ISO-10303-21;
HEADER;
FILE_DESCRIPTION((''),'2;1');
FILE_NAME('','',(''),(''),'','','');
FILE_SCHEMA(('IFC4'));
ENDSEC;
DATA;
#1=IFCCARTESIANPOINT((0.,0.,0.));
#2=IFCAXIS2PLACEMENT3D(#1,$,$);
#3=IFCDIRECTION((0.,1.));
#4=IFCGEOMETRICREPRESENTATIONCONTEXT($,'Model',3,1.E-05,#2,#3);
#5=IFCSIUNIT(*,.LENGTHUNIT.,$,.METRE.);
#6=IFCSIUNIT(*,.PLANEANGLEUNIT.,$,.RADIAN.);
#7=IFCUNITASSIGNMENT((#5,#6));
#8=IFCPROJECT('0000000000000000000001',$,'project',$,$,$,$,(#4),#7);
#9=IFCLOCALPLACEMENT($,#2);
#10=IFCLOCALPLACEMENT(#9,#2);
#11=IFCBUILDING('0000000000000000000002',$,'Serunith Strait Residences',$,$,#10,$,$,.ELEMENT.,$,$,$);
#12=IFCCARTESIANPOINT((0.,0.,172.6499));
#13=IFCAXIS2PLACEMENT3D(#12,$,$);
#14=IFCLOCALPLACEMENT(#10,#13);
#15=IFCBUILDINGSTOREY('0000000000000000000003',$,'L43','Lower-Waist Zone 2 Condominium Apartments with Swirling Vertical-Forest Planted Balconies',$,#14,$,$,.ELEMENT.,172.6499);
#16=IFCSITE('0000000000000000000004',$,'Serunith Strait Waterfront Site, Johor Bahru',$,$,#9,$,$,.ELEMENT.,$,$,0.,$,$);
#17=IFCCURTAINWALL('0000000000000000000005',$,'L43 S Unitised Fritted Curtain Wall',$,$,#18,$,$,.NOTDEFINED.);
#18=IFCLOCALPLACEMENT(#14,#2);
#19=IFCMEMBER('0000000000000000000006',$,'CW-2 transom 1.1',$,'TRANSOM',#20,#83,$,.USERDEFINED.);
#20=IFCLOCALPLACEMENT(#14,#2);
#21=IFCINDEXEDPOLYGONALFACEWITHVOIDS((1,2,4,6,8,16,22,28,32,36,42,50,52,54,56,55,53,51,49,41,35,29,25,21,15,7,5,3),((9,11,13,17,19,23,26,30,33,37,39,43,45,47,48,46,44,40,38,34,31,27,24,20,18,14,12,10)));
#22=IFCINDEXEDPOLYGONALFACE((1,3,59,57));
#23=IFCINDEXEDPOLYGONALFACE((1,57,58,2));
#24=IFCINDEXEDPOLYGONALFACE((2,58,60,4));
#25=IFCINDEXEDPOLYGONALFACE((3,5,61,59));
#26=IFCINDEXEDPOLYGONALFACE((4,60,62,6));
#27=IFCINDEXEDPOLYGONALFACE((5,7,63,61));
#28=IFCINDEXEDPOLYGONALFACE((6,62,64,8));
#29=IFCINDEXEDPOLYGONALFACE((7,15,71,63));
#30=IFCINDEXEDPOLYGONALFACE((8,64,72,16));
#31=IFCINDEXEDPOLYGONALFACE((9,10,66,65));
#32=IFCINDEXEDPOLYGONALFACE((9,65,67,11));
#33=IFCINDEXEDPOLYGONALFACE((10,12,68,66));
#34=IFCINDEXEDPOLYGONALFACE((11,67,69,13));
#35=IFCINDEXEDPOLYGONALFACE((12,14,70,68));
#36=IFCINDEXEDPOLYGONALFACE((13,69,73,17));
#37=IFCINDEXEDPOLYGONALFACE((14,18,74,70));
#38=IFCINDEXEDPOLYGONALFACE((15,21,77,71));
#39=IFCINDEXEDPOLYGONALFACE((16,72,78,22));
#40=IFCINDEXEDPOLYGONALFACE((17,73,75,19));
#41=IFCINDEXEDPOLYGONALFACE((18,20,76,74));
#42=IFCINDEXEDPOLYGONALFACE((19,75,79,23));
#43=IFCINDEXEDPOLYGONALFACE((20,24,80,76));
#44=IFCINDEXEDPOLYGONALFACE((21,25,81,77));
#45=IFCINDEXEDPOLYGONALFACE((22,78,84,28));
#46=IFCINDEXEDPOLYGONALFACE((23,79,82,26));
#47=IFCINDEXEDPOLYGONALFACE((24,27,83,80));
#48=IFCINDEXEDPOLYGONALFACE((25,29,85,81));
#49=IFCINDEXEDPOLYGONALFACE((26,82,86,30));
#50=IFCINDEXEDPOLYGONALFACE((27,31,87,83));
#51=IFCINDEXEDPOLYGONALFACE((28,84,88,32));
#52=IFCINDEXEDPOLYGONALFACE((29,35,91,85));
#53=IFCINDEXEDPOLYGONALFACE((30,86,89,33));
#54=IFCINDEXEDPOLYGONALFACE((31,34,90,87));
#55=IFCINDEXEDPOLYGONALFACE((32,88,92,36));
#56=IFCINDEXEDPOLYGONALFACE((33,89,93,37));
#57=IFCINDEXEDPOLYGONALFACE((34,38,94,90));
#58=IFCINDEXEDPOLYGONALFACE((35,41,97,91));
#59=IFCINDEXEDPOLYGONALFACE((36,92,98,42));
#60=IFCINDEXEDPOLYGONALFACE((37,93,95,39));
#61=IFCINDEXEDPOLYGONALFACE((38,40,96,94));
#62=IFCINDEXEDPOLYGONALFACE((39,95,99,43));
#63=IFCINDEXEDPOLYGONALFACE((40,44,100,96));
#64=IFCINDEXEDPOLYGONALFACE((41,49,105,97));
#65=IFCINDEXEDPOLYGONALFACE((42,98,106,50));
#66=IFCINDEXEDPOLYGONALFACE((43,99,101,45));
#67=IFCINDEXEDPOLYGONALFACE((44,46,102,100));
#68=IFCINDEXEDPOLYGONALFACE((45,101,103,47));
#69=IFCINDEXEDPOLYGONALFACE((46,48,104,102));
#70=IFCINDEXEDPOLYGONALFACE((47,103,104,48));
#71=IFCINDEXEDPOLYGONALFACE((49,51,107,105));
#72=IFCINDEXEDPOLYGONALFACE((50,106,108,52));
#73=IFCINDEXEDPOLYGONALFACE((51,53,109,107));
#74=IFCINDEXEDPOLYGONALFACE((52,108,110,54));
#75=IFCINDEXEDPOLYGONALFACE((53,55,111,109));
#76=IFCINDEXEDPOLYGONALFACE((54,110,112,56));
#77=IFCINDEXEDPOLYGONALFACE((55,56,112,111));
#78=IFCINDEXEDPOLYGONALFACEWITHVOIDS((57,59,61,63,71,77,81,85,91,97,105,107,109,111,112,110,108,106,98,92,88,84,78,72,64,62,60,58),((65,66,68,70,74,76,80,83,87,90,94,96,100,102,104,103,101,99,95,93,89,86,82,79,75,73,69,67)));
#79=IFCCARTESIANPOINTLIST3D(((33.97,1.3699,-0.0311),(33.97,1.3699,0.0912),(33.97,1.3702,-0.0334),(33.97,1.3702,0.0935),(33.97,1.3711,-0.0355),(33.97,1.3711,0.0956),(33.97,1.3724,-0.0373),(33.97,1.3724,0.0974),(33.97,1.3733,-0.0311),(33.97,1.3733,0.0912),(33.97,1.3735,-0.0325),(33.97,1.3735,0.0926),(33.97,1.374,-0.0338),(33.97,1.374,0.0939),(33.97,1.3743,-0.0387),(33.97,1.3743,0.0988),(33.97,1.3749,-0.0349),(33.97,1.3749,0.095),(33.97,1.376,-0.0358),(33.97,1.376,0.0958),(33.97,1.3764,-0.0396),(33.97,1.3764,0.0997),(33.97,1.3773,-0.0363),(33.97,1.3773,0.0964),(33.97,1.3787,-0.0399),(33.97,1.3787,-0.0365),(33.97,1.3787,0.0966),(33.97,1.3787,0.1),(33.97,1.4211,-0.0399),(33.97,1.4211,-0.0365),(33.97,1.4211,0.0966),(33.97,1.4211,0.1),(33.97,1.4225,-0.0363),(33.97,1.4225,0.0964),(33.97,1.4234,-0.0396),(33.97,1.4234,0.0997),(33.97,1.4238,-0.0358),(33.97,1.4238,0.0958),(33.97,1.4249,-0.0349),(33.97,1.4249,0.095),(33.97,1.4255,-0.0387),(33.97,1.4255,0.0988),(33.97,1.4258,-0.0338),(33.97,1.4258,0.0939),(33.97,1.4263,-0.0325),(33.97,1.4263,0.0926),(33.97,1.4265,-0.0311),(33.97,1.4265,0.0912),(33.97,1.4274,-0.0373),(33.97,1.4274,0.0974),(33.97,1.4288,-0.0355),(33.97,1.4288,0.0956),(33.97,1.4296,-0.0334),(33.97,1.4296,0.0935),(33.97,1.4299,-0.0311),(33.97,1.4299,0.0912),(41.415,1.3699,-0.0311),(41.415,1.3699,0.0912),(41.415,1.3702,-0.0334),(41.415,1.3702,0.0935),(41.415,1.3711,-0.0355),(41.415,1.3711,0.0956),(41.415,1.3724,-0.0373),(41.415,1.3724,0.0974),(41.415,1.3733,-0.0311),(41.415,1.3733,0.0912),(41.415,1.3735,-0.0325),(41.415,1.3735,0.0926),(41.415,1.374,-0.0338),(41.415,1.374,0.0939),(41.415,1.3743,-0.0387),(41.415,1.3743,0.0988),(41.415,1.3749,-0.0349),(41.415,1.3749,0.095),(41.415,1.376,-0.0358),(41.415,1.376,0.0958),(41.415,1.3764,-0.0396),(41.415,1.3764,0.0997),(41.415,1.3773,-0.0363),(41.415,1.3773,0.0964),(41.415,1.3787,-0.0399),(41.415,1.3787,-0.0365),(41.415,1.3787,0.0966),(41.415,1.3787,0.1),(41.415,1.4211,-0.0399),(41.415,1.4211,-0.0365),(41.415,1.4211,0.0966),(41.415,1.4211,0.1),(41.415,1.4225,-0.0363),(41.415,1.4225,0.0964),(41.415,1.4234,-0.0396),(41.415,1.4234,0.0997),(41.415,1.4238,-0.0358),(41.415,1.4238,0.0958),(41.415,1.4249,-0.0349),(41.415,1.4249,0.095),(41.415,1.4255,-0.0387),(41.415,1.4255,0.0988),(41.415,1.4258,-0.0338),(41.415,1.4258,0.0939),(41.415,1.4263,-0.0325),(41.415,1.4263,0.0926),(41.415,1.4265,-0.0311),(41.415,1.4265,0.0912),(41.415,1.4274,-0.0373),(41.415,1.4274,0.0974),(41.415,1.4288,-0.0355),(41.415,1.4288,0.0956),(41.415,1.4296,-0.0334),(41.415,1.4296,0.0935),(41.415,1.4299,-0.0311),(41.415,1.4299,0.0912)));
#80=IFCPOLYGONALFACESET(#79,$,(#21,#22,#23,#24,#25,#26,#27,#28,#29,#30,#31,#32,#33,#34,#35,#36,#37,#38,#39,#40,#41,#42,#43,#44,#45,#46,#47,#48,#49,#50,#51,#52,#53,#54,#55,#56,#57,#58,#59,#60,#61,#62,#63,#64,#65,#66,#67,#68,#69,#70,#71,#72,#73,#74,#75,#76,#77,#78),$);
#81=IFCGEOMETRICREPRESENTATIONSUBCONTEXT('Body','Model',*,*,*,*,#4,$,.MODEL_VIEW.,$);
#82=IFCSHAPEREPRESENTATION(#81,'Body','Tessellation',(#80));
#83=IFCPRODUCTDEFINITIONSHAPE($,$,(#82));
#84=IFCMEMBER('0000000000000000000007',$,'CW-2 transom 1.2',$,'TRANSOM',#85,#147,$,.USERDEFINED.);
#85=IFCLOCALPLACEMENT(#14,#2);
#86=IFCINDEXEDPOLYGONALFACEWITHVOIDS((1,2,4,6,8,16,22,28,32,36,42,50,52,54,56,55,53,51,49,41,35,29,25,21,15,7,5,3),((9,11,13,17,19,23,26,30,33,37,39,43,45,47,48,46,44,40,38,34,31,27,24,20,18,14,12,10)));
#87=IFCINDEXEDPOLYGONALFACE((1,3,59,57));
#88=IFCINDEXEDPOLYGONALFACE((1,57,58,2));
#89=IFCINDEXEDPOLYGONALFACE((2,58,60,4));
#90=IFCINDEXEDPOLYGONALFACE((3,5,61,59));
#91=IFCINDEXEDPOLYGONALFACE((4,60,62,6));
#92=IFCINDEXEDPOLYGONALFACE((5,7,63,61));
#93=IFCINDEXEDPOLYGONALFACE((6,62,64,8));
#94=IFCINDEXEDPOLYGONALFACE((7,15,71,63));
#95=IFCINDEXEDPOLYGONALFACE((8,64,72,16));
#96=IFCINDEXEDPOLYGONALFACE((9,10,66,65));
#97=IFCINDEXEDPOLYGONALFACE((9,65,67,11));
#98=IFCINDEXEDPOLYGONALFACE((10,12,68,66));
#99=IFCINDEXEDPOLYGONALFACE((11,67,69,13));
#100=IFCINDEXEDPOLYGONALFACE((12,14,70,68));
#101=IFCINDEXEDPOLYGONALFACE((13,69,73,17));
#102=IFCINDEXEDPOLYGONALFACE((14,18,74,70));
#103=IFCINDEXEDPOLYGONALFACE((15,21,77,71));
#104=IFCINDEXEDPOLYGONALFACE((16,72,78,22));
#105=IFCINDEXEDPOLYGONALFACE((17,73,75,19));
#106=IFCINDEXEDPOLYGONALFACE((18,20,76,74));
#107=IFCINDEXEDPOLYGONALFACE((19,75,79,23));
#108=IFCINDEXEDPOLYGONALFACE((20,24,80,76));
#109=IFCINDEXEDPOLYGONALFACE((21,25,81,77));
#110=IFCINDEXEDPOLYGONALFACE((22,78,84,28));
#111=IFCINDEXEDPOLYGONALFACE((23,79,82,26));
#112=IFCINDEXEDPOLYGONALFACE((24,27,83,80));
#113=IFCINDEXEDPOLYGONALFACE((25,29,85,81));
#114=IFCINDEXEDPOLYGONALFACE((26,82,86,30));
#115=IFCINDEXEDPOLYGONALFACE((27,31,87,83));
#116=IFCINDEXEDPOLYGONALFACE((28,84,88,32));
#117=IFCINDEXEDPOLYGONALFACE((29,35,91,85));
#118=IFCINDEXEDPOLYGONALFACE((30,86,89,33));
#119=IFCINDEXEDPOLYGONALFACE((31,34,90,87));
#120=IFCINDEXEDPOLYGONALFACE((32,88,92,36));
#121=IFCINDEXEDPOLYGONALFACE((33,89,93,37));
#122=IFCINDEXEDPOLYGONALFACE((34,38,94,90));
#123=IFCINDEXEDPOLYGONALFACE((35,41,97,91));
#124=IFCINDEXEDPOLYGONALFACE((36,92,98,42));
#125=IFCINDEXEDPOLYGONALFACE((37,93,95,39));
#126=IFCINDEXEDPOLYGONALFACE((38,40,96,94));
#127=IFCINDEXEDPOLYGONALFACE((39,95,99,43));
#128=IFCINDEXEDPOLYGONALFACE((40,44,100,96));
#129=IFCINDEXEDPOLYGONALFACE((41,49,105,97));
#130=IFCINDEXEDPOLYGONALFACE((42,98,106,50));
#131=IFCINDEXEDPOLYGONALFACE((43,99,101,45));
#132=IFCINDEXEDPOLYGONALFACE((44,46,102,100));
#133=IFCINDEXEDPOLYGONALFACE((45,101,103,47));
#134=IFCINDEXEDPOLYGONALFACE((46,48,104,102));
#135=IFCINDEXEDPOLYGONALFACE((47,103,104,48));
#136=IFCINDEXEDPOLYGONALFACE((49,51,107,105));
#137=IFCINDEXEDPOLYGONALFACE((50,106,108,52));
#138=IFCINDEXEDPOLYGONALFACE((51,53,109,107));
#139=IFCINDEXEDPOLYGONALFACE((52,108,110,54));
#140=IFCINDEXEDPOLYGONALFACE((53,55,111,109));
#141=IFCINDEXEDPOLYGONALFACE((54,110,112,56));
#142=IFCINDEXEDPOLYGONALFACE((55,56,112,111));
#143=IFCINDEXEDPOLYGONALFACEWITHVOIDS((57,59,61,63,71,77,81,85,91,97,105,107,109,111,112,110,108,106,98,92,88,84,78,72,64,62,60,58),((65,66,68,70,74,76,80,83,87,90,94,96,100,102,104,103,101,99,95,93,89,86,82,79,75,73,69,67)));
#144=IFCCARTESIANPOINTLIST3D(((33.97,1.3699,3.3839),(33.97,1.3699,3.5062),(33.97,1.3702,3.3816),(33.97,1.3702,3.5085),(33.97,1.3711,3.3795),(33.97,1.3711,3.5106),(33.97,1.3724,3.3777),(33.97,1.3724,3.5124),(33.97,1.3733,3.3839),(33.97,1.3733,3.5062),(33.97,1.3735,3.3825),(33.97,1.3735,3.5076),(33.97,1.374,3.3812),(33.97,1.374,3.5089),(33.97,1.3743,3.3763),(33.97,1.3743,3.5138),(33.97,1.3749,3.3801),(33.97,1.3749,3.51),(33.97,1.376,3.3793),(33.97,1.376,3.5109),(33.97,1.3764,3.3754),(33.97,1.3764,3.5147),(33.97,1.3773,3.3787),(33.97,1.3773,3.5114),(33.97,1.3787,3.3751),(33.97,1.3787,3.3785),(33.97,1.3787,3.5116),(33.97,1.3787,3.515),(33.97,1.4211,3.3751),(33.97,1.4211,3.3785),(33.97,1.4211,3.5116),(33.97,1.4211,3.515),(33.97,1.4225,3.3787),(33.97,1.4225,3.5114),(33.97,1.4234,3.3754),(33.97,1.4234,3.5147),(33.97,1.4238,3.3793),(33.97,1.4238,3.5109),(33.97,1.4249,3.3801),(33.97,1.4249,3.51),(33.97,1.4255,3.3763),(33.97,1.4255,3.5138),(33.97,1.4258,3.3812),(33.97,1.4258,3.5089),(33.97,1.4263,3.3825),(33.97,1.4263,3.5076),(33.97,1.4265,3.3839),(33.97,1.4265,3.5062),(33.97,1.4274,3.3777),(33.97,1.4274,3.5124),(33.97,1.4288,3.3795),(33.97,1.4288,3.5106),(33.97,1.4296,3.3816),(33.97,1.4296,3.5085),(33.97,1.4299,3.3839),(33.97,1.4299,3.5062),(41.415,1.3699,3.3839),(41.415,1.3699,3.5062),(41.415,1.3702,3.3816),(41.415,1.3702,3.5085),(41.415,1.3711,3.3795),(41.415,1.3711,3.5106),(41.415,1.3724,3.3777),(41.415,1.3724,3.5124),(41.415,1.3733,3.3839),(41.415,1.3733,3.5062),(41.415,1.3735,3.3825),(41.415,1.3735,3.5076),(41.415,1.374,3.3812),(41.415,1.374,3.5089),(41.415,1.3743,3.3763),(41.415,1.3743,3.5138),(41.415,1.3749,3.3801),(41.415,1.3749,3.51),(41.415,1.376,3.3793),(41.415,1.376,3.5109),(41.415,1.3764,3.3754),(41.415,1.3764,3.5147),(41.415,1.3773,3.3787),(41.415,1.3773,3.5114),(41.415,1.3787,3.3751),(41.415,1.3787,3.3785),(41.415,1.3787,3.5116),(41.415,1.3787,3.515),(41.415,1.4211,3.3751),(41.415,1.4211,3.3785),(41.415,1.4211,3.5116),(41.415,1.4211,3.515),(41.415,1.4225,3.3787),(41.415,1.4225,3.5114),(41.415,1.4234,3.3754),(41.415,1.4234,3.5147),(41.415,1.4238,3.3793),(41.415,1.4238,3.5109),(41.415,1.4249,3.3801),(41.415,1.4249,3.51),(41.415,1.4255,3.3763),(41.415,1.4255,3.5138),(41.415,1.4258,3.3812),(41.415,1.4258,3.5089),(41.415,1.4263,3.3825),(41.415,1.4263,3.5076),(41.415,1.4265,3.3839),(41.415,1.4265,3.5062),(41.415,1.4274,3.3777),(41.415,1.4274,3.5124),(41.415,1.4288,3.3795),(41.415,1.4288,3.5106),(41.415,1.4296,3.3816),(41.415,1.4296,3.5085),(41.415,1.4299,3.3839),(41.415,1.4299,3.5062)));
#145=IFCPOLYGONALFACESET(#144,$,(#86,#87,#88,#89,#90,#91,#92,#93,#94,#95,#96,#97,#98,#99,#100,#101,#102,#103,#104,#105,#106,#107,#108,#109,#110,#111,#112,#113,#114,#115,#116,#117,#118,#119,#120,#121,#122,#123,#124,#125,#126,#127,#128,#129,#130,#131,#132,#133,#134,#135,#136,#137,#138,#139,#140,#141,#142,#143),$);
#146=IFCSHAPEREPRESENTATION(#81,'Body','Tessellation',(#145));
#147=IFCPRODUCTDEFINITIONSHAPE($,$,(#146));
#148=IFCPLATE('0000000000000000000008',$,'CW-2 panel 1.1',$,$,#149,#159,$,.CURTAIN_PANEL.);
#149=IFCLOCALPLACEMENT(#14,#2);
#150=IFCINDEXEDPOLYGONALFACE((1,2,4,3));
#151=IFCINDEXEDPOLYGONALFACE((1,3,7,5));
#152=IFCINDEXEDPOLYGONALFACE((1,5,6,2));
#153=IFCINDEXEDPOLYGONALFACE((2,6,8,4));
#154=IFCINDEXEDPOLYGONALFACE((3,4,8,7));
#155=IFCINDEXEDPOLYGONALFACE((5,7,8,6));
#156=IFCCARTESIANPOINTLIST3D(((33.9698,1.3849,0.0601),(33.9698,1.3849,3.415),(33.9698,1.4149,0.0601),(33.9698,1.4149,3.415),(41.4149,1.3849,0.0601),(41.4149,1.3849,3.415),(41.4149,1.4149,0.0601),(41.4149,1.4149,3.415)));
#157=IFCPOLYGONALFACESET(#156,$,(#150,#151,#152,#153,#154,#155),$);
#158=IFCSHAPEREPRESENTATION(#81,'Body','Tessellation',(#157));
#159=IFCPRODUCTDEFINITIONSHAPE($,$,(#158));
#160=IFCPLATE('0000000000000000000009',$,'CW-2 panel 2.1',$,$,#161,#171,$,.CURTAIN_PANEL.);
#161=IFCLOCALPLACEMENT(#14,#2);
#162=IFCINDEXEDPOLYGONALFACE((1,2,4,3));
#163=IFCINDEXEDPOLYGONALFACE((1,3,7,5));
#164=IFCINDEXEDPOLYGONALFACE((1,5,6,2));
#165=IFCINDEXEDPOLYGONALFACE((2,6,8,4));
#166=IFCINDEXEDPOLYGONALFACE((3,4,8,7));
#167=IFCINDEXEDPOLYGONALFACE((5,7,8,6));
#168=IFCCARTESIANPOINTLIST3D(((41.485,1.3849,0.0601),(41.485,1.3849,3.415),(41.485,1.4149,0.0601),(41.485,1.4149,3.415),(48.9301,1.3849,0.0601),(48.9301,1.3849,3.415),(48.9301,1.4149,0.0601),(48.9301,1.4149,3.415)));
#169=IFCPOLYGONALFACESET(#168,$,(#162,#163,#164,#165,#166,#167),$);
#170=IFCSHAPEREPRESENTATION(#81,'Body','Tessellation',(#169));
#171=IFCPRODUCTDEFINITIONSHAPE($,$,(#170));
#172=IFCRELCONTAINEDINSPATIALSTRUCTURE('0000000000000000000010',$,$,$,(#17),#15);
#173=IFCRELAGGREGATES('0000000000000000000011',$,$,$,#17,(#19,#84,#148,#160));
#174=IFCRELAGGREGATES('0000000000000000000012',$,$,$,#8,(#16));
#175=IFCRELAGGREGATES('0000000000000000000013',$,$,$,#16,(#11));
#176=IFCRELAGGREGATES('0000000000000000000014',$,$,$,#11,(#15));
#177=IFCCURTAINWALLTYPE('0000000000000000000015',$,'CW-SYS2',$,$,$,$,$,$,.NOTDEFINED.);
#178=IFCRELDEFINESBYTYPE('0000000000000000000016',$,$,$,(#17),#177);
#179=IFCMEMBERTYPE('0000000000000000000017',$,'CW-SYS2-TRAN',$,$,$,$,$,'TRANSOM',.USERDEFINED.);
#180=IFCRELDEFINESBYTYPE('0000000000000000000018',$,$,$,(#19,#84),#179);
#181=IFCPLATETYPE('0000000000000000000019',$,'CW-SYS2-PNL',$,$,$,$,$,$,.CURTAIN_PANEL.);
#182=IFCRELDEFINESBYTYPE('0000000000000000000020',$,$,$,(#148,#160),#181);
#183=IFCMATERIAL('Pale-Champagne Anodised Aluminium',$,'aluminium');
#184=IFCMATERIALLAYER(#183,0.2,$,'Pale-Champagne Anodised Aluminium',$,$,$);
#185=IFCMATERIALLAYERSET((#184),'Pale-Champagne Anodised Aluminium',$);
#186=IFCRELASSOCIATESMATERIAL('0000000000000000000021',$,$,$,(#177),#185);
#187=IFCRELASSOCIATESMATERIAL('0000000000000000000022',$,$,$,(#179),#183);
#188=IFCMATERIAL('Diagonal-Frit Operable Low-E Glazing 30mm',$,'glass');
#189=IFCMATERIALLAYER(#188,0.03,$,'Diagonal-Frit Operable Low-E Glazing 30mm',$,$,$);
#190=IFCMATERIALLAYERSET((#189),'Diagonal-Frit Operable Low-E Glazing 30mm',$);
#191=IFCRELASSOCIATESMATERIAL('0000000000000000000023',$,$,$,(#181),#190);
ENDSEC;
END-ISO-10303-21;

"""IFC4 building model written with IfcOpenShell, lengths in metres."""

from ifc_helpers import new_model, si_unit, direction, frame, origin, origin_2d, place, context, subcontext, project, spatial, rectangle, hollow_rectangle, extrude, source, transform, mapped, material, layer, layer_set, material_profile, profile_set, type_object, element, aggregate, save


model = new_model("IFC4")

# Units and contexts
model_context = context("Model", 3, precision=1e-05, world=origin(), true_north=direction((0.0, 1.0)))
body_context = subcontext(model_context, "Body", "Model", "MODEL_VIEW")
ifc_project = project(units=[si_unit("LENGTHUNIT", "METRE"), si_unit("PLANEANGLEUNIT", "RADIAN")], contexts=[model_context])

# Site, building, storey
site_placement = place(None, origin())
site = spatial("IfcSite", under=ifc_project, at=site_placement, Name="Serunith Strait Waterfront Site, Johor Bahru", CompositionType="ELEMENT", RefElevation=0.0)
building_placement = place(site_placement, origin())
building = spatial("IfcBuilding", under=site, at=building_placement, Name="Serunith Strait Residences", CompositionType="ELEMENT")
storey_placement = place(building_placement, frame((0.0, 0.0, 172.6499)))
storey = spatial("IfcBuildingStorey", under=building, at=storey_placement, Name="L43", Description="Lower-Waist Zone 2 Condominium Apartments with Swirling Vertical-Forest Planted Balconies", CompositionType="ELEMENT", Elevation=172.6499)

# Curtain wall, members, plates
ifc_material_1 = material(Name="Pale-Champagne Anodised Aluminium", Category="aluminium")
ifc_layer_1 = layer(ifc_material_1, 0.2, Name="Pale-Champagne Anodised Aluminium")
ifc_layer_set_1 = layer_set([ifc_layer_1], Name="Pale-Champagne Anodised Aluminium")
curtain_wall_type = type_object("IfcCurtainWallType", Name="CW-SYS2", PredefinedType="NOTDEFINED", material=ifc_layer_set_1)
curtain_wall_placement = place(storey_placement, origin())
curtain_wall = element("IfcCurtainWall", 1, at=curtain_wall_placement, inside=storey, type_object=curtain_wall_type, Name="L43 S Unitised Fritted Curtain Wall", PredefinedType="NOTDEFINED")
ifc_material_profile_1 = material_profile(ifc_material_1, hollow_rectangle(XDim=0.0601, YDim=0.1399, WallThickness=0.0034, InnerFilletRadius=0.0054, OuterFilletRadius=0.0088, at=origin_2d()), Name="ALU 140x60x3.5")
ifc_profile_set_1 = profile_set([ifc_material_profile_1], Name="Pale-Champagne Anodised Aluminium")
member_type_1 = type_object("IfcMemberType", Name="CW-SYS2-TRAN", ElementType="TRANSOM", PredefinedType="USERDEFINED", material=ifc_profile_set_1)
shared_shape_1 = source(origin(), body_context, "Body", "SweptSolid", [
    extrude(hollow_rectangle(XDim=0.0601, YDim=0.1399, WallThickness=0.0034, InnerFilletRadius=0.0054, OuterFilletRadius=0.0088, at=origin_2d()), origin(), (0.0, 0.0, 1.0), 7.4451),
])
member_1_placement = place(storey_placement, frame((33.97, 1.3999, 0.03), z_axis=(1.0, 0.0, 0.0), x_axis=(0.0, 1.0, 0.0)))
member_1 = element("IfcMember", 2, at=member_1_placement, type_object=member_type_1, Name="CW-2 transom 1.1", ObjectType="TRANSOM", PredefinedType="USERDEFINED", context=body_context, shape_type="MappedRepresentation", body=[
    mapped(shared_shape_1, transform((0.0, 0.0, 0.0), scale=1.0)),
])
member_2_placement = place(storey_placement, frame((33.97, 1.3999, 3.4451), z_axis=(1.0, 0.0, 0.0), x_axis=(0.0, 1.0, 0.0)))
member_2 = element("IfcMember", 3, at=member_2_placement, type_object=member_type_1, Name="CW-2 transom 1.2", ObjectType="TRANSOM", PredefinedType="USERDEFINED", context=body_context, shape_type="MappedRepresentation", body=[
    mapped(shared_shape_1, transform((0.0, 0.0, 0.0), scale=1.0)),
])
ifc_material_2 = material(Name="Diagonal-Frit Operable Low-E Glazing 30mm", Category="glass")
ifc_layer_2 = layer(ifc_material_2, 0.03, Name="Diagonal-Frit Operable Low-E Glazing 30mm")
ifc_layer_set_2 = layer_set([ifc_layer_2], Name="Diagonal-Frit Operable Low-E Glazing 30mm")
plate_type = type_object("IfcPlateType", Name="CW-SYS2-PNL", PredefinedType="CURTAIN_PANEL", material=ifc_layer_set_2)
shared_shape_2 = source(origin(), body_context, "Body", "SweptSolid", [
    extrude(rectangle(XDim=7.4451, YDim=0.03, at=origin_2d()), origin(), (0.0, 0.0, 1.0), 3.355),
])
plate_1_placement = place(storey_placement, frame((37.6924, 1.3999, 0.0601), z_axis=(0.0, 0.0, 1.0), x_axis=(1.0, 0.0, 0.0)))
plate_1 = element("IfcPlate", 4, at=plate_1_placement, type_object=plate_type, Name="CW-2 panel 1.1", PredefinedType="CURTAIN_PANEL", context=body_context, shape_type="MappedRepresentation", body=[
    mapped(shared_shape_2, transform((0.0, 0.0, 0.0), scale=1.0)),
])
plate_2_placement = place(storey_placement, frame((45.2075, 1.3999, 0.0601), z_axis=(0.0, 0.0, 1.0), x_axis=(1.0, 0.0, 0.0)))
plate_2 = element("IfcPlate", 5, at=plate_2_placement, type_object=plate_type, Name="CW-2 panel 2.1", PredefinedType="CURTAIN_PANEL", context=body_context, shape_type="MappedRepresentation", body=[
    mapped(shared_shape_2, transform((0.0, 0.0, 0.0), scale=1.0)),
])
aggregate(curtain_wall, [member_1, member_2, plate_1, plate_2])

save(model, "model.ifc")
